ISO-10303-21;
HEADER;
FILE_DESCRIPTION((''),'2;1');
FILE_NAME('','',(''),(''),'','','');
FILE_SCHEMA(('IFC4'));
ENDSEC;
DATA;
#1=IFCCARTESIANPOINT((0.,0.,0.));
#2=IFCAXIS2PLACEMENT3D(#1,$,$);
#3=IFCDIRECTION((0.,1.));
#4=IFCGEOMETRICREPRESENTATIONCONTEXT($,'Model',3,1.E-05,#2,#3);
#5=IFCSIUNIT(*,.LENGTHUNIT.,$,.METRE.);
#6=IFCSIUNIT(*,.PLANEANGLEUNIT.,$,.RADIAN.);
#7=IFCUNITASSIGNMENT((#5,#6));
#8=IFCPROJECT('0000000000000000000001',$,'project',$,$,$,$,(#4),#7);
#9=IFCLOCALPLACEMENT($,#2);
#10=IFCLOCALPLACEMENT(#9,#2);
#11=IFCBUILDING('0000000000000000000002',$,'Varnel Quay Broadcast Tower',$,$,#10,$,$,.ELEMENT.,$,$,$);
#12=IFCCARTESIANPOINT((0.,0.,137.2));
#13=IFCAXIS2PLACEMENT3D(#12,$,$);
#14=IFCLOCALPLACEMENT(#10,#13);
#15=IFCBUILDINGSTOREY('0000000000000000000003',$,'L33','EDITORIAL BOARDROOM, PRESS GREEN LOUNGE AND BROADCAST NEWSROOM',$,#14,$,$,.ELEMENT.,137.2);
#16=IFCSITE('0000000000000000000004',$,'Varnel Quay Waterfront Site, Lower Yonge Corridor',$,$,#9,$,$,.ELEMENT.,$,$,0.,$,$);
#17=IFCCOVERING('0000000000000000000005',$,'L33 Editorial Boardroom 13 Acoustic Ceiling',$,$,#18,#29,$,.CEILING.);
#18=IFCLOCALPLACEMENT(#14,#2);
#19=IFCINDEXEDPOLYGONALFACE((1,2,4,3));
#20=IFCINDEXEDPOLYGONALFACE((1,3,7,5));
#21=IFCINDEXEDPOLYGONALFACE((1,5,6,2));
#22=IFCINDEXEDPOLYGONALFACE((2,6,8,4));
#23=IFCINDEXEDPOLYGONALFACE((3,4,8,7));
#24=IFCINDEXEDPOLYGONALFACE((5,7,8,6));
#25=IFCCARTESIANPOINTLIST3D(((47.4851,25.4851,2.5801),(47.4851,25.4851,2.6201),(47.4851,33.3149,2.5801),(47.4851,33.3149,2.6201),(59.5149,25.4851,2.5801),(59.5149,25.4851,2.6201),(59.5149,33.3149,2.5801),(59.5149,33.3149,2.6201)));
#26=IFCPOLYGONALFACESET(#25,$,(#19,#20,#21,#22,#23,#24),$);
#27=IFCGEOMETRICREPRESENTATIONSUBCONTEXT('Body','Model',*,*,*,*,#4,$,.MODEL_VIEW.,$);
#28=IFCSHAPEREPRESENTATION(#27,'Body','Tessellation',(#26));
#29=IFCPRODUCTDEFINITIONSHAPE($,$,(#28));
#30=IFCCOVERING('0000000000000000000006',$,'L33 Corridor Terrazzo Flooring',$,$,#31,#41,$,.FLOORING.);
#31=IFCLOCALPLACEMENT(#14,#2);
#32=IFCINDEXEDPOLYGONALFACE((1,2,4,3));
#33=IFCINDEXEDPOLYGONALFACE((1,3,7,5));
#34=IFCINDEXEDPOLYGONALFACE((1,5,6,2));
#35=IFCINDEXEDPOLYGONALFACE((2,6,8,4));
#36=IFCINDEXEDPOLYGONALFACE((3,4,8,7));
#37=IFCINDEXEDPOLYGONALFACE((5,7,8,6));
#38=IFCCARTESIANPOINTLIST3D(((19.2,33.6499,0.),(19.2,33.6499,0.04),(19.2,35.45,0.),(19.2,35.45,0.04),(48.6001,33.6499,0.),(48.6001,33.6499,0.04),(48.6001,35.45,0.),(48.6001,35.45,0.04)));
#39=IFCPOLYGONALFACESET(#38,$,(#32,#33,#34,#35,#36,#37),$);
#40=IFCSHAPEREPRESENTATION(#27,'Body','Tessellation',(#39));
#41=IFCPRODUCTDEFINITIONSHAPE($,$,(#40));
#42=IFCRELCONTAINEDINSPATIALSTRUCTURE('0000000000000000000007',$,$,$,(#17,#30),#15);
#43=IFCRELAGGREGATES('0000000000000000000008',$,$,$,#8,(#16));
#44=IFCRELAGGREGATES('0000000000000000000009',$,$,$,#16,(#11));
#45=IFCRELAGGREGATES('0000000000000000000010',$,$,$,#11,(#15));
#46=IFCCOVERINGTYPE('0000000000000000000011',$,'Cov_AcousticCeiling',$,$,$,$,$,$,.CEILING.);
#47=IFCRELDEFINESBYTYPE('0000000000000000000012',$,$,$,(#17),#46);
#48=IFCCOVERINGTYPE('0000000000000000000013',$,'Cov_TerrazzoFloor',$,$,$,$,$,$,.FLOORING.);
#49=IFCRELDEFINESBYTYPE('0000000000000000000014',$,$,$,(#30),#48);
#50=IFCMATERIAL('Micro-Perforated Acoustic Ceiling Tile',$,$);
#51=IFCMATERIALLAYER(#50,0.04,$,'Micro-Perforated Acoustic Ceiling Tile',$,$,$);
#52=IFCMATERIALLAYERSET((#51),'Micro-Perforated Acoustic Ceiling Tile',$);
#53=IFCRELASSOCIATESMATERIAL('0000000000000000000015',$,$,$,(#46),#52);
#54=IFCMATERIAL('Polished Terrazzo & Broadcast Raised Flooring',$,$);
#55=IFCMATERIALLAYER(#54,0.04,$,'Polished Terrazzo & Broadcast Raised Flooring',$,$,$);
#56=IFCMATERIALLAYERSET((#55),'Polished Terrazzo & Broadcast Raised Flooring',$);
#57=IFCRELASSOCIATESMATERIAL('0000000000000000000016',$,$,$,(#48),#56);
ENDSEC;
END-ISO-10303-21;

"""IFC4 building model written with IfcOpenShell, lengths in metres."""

from ifc_helpers import new_model, si_unit, direction, frame, origin, place, context, subcontext, project, spatial, polyline, outline, extrude, material, layer, layer_set, type_object, element, save


model = new_model("IFC4")

# Units and contexts
model_context = context("Model", 3, precision=1e-05, world=origin(), true_north=direction((0.0, 1.0)))
body_context = subcontext(model_context, "Body", "Model", "MODEL_VIEW")
ifc_project = project(units=[si_unit("LENGTHUNIT", "METRE"), si_unit("PLANEANGLEUNIT", "RADIAN")], contexts=[model_context])

# Site, building, storey
site_placement = place(None, origin())
site = spatial("IfcSite", under=ifc_project, at=site_placement, Name="Varnel Quay Waterfront Site, Lower Yonge Corridor", CompositionType="ELEMENT", RefElevation=0.0)
building_placement = place(site_placement, origin())
building = spatial("IfcBuilding", under=site, at=building_placement, Name="Varnel Quay Broadcast Tower", CompositionType="ELEMENT")
storey_placement = place(building_placement, frame((0.0, 0.0, 137.2)))
storey = spatial("IfcBuildingStorey", under=building, at=storey_placement, Name="L33", Description="EDITORIAL BOARDROOM, PRESS GREEN LOUNGE AND BROADCAST NEWSROOM", CompositionType="ELEMENT", Elevation=137.2)

# Coverings
ifc_material_1 = material(Name="Micro-Perforated Acoustic Ceiling Tile")
ifc_layer_1 = layer(ifc_material_1, 0.04, Name="Micro-Perforated Acoustic Ceiling Tile")
ifc_layer_set_1 = layer_set([ifc_layer_1], Name="Micro-Perforated Acoustic Ceiling Tile")
covering_type_1 = type_object("IfcCoveringType", Name="Cov_AcousticCeiling", PredefinedType="CEILING", material=ifc_layer_set_1)
covering_1_placement = place(storey_placement, frame((0.0, 0.0, 2.5801)))
element("IfcCovering", 1, at=covering_1_placement, inside=storey, type_object=covering_type_1, Name="L33 Editorial Boardroom 13 Acoustic Ceiling", PredefinedType="CEILING", context=body_context, shape_type="SweptSolid", body=[
    extrude(outline(polyline([(47.4851, 25.4851), (59.5149, 25.4851), (59.5149, 33.3149), (47.4851, 33.3149), (47.4851, 25.4851)])), origin(), (0.0, 0.0, 1.0), 0.04),
])
ifc_material_2 = material(Name="Polished Terrazzo & Broadcast Raised Flooring")
ifc_layer_2 = layer(ifc_material_2, 0.04, Name="Polished Terrazzo & Broadcast Raised Flooring")
ifc_layer_set_2 = layer_set([ifc_layer_2], Name="Polished Terrazzo & Broadcast Raised Flooring")
covering_type_2 = type_object("IfcCoveringType", Name="Cov_TerrazzoFloor", PredefinedType="FLOORING", material=ifc_layer_set_2)
covering_2_placement = place(storey_placement, origin())
element("IfcCovering", 2, at=covering_2_placement, inside=storey, type_object=covering_type_2, Name="L33 Corridor Terrazzo Flooring", PredefinedType="FLOORING", context=body_context, shape_type="SweptSolid", body=[
    extrude(outline(polyline([(19.2, 33.6499), (48.6001, 33.6499), (48.6001, 35.45), (19.2, 35.45), (19.2, 33.6499)])), origin(), (0.0, 0.0, 1.0), 0.04),
])

save(model, "model.ifc")
